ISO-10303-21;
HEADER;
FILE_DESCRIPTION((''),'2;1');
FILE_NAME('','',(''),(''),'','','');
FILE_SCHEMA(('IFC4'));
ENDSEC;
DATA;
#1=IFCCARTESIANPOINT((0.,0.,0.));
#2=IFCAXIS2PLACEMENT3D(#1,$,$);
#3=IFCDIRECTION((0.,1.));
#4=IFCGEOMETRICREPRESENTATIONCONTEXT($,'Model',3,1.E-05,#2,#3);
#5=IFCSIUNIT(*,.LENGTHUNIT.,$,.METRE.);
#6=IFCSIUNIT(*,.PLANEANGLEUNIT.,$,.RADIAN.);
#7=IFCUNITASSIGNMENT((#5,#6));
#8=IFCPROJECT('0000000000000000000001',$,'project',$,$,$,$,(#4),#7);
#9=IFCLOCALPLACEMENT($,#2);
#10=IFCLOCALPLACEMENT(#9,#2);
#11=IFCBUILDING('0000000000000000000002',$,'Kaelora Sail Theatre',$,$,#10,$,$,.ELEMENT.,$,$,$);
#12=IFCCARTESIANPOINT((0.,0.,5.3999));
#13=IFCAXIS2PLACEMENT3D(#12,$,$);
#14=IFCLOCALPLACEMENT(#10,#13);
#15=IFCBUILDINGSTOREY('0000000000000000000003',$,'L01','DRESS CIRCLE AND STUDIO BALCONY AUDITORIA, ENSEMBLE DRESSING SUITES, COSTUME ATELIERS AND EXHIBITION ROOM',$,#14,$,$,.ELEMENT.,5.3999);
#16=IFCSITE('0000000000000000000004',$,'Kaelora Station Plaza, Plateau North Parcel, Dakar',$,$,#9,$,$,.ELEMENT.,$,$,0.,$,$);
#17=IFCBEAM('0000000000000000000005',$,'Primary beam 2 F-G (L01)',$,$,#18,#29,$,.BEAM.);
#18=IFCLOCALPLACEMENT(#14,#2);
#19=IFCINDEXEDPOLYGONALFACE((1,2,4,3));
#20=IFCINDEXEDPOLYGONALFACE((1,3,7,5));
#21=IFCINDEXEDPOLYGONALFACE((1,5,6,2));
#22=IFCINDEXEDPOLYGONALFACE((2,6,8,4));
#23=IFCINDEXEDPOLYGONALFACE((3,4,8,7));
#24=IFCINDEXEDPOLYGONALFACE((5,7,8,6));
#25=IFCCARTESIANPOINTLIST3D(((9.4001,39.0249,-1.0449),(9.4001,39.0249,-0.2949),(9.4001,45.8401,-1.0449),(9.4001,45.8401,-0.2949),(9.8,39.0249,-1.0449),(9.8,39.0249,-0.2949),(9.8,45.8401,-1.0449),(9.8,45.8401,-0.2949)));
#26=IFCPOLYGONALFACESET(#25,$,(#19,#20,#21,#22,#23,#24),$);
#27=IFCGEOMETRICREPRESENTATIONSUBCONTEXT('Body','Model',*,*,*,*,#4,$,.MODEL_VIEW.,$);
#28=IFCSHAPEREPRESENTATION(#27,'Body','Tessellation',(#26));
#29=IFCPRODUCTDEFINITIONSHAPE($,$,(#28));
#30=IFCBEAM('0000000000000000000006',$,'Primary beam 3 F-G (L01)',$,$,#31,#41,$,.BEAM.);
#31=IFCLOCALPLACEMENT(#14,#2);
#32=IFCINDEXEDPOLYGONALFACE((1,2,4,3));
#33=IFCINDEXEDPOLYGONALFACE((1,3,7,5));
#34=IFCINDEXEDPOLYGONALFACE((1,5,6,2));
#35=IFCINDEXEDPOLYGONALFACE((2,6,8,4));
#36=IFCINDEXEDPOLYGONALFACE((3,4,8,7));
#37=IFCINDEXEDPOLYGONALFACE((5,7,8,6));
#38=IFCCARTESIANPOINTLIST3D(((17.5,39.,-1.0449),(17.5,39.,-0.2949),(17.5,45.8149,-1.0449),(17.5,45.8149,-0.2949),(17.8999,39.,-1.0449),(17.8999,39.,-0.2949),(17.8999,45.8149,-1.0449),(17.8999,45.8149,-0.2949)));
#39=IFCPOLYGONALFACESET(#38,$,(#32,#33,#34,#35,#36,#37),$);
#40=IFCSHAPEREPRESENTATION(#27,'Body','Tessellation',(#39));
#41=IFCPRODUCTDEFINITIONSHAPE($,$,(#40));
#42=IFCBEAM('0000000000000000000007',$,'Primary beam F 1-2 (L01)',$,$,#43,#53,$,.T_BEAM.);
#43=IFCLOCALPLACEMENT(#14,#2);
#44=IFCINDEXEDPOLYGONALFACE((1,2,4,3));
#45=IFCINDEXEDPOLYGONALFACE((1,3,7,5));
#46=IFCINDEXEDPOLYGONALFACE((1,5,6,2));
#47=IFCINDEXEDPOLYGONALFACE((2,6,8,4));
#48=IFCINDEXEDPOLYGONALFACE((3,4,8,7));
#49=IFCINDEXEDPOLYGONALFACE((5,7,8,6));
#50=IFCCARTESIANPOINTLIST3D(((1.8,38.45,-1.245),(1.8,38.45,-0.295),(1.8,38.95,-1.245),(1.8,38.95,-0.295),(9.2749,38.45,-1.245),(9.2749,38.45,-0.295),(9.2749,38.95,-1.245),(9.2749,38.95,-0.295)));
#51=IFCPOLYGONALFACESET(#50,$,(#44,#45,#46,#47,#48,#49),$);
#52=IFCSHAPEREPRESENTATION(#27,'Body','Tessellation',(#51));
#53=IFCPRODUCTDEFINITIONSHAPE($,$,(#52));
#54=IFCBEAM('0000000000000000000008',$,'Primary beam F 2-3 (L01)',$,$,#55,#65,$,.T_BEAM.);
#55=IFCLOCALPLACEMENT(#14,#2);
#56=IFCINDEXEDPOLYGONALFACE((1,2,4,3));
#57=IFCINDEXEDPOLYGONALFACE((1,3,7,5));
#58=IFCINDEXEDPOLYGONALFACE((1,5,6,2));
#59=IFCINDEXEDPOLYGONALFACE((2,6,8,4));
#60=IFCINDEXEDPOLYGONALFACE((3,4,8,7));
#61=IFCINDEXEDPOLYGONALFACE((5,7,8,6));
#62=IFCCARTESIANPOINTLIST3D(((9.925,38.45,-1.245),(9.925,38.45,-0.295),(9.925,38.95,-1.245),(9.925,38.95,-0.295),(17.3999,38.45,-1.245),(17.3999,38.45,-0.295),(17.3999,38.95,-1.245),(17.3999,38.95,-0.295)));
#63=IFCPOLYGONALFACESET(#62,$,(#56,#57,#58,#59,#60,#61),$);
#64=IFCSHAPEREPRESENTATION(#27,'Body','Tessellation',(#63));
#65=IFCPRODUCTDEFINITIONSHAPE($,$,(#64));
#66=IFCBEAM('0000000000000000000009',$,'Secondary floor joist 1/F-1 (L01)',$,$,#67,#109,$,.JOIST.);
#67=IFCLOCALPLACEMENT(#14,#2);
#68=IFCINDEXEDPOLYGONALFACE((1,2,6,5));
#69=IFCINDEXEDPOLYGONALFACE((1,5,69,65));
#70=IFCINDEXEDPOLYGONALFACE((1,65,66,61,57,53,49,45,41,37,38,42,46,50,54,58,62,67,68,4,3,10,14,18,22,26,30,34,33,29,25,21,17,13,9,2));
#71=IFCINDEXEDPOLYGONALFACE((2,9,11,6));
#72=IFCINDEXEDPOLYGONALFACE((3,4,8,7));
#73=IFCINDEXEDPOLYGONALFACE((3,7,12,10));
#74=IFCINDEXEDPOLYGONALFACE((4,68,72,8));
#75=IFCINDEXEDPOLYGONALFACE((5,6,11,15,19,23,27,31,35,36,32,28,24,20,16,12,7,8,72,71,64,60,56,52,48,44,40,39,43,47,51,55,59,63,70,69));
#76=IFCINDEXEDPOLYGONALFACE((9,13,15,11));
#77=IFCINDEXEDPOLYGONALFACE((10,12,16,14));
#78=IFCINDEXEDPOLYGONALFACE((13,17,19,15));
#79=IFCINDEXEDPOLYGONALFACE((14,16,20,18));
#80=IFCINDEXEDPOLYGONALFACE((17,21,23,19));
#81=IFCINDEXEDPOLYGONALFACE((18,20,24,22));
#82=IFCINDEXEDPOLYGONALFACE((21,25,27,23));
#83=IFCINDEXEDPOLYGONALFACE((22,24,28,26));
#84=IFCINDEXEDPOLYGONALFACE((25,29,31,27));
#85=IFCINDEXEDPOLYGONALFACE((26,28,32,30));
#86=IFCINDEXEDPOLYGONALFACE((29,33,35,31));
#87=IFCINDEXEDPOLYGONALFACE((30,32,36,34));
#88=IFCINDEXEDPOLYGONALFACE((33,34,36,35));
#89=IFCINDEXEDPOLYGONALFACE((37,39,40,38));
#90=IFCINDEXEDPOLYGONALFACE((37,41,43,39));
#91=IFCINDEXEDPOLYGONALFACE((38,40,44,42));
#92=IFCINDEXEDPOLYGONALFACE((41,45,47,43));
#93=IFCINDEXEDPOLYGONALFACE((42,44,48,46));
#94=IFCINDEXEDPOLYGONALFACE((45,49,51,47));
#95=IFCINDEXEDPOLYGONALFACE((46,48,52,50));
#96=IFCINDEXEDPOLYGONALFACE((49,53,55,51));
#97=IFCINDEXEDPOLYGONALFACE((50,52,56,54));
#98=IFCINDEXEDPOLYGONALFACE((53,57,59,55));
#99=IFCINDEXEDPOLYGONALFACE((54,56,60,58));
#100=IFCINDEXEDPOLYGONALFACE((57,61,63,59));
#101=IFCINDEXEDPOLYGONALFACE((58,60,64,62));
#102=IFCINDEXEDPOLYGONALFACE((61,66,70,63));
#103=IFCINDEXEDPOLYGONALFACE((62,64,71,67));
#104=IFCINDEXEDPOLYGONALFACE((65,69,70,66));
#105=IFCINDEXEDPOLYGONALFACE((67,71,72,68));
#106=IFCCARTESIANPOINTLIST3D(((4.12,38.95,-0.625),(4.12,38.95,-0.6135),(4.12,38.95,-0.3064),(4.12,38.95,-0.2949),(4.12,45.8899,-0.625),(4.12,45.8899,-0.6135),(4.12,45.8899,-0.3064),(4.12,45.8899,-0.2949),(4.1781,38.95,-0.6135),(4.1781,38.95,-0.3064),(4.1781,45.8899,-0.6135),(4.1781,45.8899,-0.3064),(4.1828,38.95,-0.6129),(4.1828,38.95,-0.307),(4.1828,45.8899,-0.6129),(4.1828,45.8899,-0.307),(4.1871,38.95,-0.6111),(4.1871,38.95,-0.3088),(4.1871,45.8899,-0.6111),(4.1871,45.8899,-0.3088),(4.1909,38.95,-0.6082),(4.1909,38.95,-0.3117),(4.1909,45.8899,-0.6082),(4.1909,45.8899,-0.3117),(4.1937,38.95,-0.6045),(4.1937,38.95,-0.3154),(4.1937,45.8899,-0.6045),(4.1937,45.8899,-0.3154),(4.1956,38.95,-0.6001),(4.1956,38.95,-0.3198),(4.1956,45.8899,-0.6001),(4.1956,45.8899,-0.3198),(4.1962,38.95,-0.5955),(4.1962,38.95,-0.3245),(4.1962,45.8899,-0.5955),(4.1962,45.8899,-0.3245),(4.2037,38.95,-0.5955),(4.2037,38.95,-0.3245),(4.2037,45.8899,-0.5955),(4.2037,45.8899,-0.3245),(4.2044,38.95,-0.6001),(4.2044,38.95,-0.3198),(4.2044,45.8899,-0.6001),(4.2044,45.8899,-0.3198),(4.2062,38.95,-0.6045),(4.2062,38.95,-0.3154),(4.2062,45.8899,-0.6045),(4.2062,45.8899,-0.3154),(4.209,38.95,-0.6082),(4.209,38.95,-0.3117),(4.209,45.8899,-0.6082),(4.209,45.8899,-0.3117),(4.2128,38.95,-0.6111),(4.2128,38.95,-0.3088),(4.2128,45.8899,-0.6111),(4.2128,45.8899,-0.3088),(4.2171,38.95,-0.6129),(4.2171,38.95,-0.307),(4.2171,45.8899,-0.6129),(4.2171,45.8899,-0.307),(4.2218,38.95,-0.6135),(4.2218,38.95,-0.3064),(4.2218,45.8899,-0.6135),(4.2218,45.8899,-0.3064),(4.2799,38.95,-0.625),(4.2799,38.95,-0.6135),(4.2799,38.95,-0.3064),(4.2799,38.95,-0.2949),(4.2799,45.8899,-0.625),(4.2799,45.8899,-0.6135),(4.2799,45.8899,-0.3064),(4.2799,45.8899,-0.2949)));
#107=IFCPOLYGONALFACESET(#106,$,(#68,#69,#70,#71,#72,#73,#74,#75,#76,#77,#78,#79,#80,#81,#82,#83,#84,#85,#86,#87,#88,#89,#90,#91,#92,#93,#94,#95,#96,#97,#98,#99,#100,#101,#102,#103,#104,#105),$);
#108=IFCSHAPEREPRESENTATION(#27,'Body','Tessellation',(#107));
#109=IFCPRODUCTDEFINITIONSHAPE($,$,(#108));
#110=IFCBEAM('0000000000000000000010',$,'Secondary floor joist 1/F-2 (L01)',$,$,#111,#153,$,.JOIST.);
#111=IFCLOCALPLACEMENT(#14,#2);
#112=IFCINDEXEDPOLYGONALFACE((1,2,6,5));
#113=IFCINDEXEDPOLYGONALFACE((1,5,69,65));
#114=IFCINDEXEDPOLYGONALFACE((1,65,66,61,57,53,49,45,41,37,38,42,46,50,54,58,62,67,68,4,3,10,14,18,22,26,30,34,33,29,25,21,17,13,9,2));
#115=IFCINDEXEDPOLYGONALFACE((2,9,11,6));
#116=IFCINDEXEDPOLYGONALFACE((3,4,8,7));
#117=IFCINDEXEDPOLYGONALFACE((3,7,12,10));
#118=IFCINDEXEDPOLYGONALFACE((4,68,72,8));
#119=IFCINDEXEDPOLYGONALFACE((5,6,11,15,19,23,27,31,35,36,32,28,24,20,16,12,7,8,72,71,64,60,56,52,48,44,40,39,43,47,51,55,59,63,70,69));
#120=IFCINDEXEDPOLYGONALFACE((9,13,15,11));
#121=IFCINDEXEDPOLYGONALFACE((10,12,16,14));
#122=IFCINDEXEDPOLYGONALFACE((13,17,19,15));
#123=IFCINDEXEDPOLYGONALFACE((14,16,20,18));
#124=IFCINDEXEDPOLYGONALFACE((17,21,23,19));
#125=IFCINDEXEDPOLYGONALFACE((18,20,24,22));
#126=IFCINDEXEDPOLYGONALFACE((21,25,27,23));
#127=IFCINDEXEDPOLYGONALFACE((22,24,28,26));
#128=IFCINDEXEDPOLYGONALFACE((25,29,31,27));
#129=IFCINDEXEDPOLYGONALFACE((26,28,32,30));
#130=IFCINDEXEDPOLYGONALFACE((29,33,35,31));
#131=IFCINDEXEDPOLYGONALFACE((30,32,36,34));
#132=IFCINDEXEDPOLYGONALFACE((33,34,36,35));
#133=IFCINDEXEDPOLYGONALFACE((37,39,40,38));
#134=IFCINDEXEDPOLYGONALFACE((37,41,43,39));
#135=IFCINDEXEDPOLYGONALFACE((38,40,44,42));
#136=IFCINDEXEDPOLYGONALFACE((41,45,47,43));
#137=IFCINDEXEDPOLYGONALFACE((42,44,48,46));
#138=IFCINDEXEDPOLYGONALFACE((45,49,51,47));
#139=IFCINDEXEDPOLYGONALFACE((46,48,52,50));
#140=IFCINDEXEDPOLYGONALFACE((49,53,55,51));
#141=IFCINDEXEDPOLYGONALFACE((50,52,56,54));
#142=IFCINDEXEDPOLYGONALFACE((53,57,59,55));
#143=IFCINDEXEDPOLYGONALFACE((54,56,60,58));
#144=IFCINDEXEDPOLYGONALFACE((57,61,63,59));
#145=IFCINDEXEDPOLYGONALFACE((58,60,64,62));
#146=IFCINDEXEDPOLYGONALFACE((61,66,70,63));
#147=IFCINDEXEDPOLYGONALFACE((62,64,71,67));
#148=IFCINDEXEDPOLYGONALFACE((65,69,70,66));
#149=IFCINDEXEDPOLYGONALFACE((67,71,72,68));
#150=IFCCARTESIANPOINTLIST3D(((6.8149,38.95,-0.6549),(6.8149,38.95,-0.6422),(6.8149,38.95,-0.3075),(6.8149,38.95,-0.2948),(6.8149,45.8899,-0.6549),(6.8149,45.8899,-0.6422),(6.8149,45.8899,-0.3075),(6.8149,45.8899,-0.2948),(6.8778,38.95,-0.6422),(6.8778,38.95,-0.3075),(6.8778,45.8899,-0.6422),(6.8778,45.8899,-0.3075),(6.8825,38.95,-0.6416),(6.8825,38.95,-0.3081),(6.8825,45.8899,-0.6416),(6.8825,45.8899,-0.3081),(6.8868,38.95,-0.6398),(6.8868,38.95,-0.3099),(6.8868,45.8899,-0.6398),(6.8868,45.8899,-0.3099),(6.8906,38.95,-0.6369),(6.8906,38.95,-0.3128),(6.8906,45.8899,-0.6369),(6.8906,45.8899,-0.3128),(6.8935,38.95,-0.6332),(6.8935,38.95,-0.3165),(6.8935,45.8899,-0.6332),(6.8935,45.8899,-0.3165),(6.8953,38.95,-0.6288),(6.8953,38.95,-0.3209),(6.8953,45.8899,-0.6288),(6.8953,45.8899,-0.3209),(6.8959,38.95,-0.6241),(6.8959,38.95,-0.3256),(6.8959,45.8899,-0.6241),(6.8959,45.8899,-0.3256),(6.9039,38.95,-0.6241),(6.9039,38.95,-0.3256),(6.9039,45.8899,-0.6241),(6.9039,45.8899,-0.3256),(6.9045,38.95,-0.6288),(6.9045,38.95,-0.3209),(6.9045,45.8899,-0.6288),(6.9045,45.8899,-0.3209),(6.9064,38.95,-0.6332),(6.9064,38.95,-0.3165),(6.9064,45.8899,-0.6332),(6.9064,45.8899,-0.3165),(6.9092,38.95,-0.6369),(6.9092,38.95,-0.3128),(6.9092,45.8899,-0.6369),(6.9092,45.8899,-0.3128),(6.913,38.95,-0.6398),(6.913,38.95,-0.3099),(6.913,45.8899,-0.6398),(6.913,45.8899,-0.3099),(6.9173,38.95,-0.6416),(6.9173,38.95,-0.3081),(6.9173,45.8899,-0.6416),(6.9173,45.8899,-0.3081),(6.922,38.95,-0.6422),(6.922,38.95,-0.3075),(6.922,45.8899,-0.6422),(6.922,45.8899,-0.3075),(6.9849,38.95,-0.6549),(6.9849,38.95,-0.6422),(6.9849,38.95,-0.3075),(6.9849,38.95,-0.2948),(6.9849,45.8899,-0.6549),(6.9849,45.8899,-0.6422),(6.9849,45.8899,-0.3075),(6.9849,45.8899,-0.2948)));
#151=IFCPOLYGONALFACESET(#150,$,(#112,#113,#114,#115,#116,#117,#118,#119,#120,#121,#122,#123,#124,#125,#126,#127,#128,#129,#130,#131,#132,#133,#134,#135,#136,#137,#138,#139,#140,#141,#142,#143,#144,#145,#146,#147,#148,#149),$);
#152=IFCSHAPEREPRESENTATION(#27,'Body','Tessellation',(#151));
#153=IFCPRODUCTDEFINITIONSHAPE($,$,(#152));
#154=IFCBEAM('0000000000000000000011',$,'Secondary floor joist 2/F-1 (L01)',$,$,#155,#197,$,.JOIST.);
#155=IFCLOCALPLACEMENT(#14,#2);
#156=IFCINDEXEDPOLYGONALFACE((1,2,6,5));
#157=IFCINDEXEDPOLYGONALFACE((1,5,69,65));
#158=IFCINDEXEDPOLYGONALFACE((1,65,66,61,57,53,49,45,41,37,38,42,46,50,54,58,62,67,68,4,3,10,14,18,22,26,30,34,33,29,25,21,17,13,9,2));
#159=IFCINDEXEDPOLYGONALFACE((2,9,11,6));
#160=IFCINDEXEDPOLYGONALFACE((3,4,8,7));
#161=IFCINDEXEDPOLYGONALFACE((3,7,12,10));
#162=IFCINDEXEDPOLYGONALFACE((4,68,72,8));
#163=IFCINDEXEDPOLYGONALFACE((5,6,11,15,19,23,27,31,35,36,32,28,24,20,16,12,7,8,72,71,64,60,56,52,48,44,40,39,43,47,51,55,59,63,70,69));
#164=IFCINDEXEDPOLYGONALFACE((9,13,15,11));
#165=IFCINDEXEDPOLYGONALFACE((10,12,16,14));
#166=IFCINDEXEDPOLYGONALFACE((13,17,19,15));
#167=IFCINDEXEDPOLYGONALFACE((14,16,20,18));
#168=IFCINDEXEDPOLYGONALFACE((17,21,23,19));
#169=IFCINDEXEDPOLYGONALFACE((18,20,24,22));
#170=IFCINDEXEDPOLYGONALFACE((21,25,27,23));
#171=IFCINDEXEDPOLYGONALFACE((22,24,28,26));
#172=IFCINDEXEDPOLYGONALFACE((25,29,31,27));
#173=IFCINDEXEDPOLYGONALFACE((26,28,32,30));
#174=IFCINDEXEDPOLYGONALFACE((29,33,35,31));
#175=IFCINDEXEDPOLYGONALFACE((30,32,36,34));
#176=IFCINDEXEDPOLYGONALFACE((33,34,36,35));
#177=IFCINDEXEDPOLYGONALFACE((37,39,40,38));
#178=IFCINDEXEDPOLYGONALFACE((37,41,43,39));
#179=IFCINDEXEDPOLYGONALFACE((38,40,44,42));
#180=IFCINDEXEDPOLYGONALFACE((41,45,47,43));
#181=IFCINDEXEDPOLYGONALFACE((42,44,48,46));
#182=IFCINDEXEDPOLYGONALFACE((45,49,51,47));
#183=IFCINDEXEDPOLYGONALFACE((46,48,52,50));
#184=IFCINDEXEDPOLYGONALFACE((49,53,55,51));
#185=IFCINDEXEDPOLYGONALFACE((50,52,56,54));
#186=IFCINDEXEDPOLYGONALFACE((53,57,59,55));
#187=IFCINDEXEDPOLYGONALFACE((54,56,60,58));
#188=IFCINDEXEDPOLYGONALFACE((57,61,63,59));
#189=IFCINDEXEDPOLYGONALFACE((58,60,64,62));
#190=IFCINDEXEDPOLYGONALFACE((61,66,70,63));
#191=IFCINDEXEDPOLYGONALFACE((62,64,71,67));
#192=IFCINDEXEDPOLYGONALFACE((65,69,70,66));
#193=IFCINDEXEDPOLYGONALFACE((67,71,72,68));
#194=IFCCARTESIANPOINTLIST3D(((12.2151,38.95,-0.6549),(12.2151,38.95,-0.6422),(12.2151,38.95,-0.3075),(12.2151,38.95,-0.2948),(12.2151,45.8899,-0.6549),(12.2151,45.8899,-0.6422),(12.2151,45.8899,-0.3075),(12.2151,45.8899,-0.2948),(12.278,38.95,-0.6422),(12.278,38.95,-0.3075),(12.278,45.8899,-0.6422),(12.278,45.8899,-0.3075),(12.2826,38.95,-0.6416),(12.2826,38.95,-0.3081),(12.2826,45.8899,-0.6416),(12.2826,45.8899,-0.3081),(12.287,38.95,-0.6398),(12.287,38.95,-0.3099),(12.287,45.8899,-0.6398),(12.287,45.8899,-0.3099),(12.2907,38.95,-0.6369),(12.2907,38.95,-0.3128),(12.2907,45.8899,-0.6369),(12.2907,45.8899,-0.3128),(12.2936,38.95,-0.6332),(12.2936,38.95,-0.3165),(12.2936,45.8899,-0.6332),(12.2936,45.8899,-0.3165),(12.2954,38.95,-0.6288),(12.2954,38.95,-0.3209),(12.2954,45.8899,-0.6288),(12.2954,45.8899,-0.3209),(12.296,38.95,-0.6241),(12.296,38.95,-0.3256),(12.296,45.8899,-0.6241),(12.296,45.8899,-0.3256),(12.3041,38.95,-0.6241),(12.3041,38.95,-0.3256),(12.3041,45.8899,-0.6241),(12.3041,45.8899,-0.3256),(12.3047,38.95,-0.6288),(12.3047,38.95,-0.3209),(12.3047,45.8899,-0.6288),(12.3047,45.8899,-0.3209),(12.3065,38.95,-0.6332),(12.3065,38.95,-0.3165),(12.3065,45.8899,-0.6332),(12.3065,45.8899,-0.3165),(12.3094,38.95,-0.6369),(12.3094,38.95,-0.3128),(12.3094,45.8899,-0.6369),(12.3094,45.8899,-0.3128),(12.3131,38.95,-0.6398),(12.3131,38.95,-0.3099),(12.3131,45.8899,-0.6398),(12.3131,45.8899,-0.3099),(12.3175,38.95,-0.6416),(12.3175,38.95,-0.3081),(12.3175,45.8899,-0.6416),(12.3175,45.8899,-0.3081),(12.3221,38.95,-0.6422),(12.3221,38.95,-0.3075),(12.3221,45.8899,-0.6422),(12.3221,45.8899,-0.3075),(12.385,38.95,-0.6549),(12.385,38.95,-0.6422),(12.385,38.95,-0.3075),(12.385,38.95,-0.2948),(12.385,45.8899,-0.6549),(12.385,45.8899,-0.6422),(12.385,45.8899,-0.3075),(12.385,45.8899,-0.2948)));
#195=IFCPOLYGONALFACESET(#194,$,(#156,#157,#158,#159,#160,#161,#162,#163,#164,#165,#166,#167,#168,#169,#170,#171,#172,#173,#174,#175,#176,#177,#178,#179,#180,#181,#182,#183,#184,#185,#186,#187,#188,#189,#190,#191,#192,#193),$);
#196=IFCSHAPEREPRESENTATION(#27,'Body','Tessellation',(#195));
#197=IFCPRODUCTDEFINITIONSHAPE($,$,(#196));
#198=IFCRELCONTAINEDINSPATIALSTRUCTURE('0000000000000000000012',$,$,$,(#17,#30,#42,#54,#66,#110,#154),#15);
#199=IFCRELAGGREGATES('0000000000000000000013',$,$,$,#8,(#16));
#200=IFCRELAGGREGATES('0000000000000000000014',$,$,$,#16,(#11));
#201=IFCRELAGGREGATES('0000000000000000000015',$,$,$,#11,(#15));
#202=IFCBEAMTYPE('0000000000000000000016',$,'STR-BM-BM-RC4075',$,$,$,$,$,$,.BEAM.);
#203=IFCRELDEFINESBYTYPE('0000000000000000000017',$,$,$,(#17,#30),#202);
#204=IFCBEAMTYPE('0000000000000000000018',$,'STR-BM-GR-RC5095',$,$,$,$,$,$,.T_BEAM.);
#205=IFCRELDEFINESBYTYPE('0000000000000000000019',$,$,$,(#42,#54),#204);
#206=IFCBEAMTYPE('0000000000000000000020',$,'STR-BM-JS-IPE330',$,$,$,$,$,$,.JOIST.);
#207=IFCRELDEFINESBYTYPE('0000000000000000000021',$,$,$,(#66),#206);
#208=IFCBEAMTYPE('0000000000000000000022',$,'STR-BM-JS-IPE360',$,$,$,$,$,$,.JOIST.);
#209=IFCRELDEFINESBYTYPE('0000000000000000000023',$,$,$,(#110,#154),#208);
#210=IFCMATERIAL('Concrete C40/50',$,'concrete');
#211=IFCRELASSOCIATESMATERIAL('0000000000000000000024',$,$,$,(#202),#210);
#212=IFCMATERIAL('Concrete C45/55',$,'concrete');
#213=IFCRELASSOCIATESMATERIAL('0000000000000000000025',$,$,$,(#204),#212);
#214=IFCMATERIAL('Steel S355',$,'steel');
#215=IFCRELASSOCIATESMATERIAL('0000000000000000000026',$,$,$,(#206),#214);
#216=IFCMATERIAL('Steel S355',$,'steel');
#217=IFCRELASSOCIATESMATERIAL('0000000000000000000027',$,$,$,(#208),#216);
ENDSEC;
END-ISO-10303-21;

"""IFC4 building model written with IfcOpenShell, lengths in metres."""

from ifc_helpers import new_model, si_unit, direction, frame, origin, origin_2d, place, context, subcontext, project, spatial, rectangle, i_section, extrude, material, material_profile, profile_set, type_object, element, save


model = new_model("IFC4")

# Units and contexts
model_context = context("Model", 3, precision=1e-05, world=origin(), true_north=direction((0.0, 1.0)))
body_context = subcontext(model_context, "Body", "Model", "MODEL_VIEW")
ifc_project = project(units=[si_unit("LENGTHUNIT", "METRE"), si_unit("PLANEANGLEUNIT", "RADIAN")], contexts=[model_context])

# Site, building, storey
site_placement = place(None, origin())
site = spatial("IfcSite", under=ifc_project, at=site_placement, Name="Kaelora Station Plaza, Plateau North Parcel, Dakar", CompositionType="ELEMENT", RefElevation=0.0)
building_placement = place(site_placement, origin())
building = spatial("IfcBuilding", under=site, at=building_placement, Name="Kaelora Sail Theatre", CompositionType="ELEMENT")
storey_placement = place(building_placement, frame((0.0, 0.0, 5.3999)))
storey = spatial("IfcBuildingStorey", under=building, at=storey_placement, Name="L01", Description="DRESS CIRCLE AND STUDIO BALCONY AUDITORIA, ENSEMBLE DRESSING SUITES, COSTUME ATELIERS AND EXHIBITION ROOM", CompositionType="ELEMENT", Elevation=5.3999)

# Beams
ifc_material_1 = material(Name="Concrete C40/50", Category="concrete")
ifc_material_profile_1 = material_profile(ifc_material_1, rectangle(XDim=0.3999, YDim=0.75, at=origin_2d()), Name="RC-BM 400x750")
ifc_profile_set_1 = profile_set([ifc_material_profile_1], Name="Concrete C40/50")
beam_type_1 = type_object("IfcBeamType", Name="STR-BM-BM-RC4075", PredefinedType="BEAM", material=ifc_profile_set_1)
beam_1_placement = place(storey_placement, frame((9.6001, 39.0249, -0.6699), z_axis=(0.0, 1.0, 0.0), x_axis=(-1.0, 0.0, 0.0)))
element("IfcBeam", 1, at=beam_1_placement, inside=storey, type_object=beam_type_1, Name="Primary beam 2 F-G (L01)", PredefinedType="BEAM", context=body_context, shape_type="SweptSolid", body=[
    extrude(rectangle(XDim=0.3999, YDim=0.75, at=origin_2d()), origin(), (0.0, 0.0, 1.0), 6.8152),
])
beam_2_placement = place(storey_placement, frame((17.7, 39.0, -0.6699), z_axis=(0.0, 1.0, 0.0), x_axis=(-1.0, 0.0, 0.0)))
element("IfcBeam", 2, at=beam_2_placement, inside=storey, type_object=beam_type_1, Name="Primary beam 3 F-G (L01)", PredefinedType="BEAM", context=body_context, shape_type="SweptSolid", body=[
    extrude(rectangle(XDim=0.3999, YDim=0.75, at=origin_2d()), origin(), (0.0, 0.0, 1.0), 6.8149),
])
ifc_material_2 = material(Name="Concrete C45/55", Category="concrete")
ifc_material_profile_2 = material_profile(ifc_material_2, rectangle(XDim=0.5, YDim=0.95, at=origin_2d()), Name="RC-GRD 500x950")
ifc_profile_set_2 = profile_set([ifc_material_profile_2], Name="Concrete C45/55")
beam_type_2 = type_object("IfcBeamType", Name="STR-BM-GR-RC5095", PredefinedType="T_BEAM", material=ifc_profile_set_2)
for number, where, z_axis, x_axis, name in (
    (3, (1.8, 38.7, -0.77), (1.0, 0.0, 0.0), (0.0, 1.0, 0.0), "Primary beam F 1-2 (L01)"),
    (4, (9.925, 38.7, -0.77), (1.0, 0.0, 0.0), (0.0, 1.0, 0.0), "Primary beam F 2-3 (L01)"),
):
    element("IfcBeam", number, at=place(storey_placement, frame(where, z_axis=z_axis, x_axis=x_axis)), inside=storey, type_object=beam_type_2, Name=name, PredefinedType="T_BEAM", context=body_context, shape_type="SweptSolid", body=[
        extrude(rectangle(XDim=0.5, YDim=0.95, at=origin_2d()), origin(), (0.0, 0.0, 1.0), 7.4749),
    ])
ifc_material_3 = material(Name="Steel S355", Category="steel")
ifc_material_profile_3 = material_profile(ifc_material_3, i_section(OverallWidth=0.1599, OverallDepth=0.3301, WebThickness=0.0076, FlangeThickness=0.0115, FilletRadius=0.0181, at=origin_2d()), Name="IPE 330")
ifc_profile_set_3 = profile_set([ifc_material_profile_3], Name="Steel S355")
beam_type_3 = type_object("IfcBeamType", Name="STR-BM-JS-IPE330", PredefinedType="JOIST", material=ifc_profile_set_3)
beam_3_placement = place(storey_placement, frame((4.2, 38.95, -0.46), z_axis=(0.0, 1.0, 0.0), x_axis=(-1.0, 0.0, 0.0)))
element("IfcBeam", 5, at=beam_3_placement, inside=storey, type_object=beam_type_3, Name="Secondary floor joist 1/F-1 (L01)", PredefinedType="JOIST", context=body_context, shape_type="SweptSolid", body=[
    extrude(i_section(OverallWidth=0.1599, OverallDepth=0.3301, WebThickness=0.0076, FlangeThickness=0.0115, FilletRadius=0.0181, at=origin_2d()), origin(), (0.0, 0.0, 1.0), 6.9399),
])
ifc_material_4 = material(Name="Steel S355", Category="steel")
ifc_material_profile_4 = material_profile(ifc_material_4, i_section(OverallWidth=0.1699, OverallDepth=0.3601, WebThickness=0.0081, FlangeThickness=0.0127, FilletRadius=0.0181, at=origin_2d()), Name="IPE 360")
ifc_profile_set_4 = profile_set([ifc_material_profile_4], Name="Steel S355")
beam_type_4 = type_object("IfcBeamType", Name="STR-BM-JS-IPE360", PredefinedType="JOIST", material=ifc_profile_set_4)
for number, where, z_axis, x_axis, name in (
    (6, (6.8999, 38.95, -0.4749), (0.0, 1.0, 0.0), (-1.0, 0.0, 0.0), "Secondary floor joist 1/F-2 (L01)"),
    (7, (12.3, 38.95, -0.4749), (0.0, 1.0, 0.0), (-1.0, 0.0, 0.0), "Secondary floor joist 2/F-1 (L01)"),
):
    element("IfcBeam", number, at=place(storey_placement, frame(where, z_axis=z_axis, x_axis=x_axis)), inside=storey, type_object=beam_type_4, Name=name, PredefinedType="JOIST", context=body_context, shape_type="SweptSolid", body=[
        extrude(i_section(OverallWidth=0.1699, OverallDepth=0.3601, WebThickness=0.0081, FlangeThickness=0.0127, FilletRadius=0.0181, at=origin_2d()), origin(), (0.0, 0.0, 1.0), 6.9399),
    ])

save(model, "model.ifc")
